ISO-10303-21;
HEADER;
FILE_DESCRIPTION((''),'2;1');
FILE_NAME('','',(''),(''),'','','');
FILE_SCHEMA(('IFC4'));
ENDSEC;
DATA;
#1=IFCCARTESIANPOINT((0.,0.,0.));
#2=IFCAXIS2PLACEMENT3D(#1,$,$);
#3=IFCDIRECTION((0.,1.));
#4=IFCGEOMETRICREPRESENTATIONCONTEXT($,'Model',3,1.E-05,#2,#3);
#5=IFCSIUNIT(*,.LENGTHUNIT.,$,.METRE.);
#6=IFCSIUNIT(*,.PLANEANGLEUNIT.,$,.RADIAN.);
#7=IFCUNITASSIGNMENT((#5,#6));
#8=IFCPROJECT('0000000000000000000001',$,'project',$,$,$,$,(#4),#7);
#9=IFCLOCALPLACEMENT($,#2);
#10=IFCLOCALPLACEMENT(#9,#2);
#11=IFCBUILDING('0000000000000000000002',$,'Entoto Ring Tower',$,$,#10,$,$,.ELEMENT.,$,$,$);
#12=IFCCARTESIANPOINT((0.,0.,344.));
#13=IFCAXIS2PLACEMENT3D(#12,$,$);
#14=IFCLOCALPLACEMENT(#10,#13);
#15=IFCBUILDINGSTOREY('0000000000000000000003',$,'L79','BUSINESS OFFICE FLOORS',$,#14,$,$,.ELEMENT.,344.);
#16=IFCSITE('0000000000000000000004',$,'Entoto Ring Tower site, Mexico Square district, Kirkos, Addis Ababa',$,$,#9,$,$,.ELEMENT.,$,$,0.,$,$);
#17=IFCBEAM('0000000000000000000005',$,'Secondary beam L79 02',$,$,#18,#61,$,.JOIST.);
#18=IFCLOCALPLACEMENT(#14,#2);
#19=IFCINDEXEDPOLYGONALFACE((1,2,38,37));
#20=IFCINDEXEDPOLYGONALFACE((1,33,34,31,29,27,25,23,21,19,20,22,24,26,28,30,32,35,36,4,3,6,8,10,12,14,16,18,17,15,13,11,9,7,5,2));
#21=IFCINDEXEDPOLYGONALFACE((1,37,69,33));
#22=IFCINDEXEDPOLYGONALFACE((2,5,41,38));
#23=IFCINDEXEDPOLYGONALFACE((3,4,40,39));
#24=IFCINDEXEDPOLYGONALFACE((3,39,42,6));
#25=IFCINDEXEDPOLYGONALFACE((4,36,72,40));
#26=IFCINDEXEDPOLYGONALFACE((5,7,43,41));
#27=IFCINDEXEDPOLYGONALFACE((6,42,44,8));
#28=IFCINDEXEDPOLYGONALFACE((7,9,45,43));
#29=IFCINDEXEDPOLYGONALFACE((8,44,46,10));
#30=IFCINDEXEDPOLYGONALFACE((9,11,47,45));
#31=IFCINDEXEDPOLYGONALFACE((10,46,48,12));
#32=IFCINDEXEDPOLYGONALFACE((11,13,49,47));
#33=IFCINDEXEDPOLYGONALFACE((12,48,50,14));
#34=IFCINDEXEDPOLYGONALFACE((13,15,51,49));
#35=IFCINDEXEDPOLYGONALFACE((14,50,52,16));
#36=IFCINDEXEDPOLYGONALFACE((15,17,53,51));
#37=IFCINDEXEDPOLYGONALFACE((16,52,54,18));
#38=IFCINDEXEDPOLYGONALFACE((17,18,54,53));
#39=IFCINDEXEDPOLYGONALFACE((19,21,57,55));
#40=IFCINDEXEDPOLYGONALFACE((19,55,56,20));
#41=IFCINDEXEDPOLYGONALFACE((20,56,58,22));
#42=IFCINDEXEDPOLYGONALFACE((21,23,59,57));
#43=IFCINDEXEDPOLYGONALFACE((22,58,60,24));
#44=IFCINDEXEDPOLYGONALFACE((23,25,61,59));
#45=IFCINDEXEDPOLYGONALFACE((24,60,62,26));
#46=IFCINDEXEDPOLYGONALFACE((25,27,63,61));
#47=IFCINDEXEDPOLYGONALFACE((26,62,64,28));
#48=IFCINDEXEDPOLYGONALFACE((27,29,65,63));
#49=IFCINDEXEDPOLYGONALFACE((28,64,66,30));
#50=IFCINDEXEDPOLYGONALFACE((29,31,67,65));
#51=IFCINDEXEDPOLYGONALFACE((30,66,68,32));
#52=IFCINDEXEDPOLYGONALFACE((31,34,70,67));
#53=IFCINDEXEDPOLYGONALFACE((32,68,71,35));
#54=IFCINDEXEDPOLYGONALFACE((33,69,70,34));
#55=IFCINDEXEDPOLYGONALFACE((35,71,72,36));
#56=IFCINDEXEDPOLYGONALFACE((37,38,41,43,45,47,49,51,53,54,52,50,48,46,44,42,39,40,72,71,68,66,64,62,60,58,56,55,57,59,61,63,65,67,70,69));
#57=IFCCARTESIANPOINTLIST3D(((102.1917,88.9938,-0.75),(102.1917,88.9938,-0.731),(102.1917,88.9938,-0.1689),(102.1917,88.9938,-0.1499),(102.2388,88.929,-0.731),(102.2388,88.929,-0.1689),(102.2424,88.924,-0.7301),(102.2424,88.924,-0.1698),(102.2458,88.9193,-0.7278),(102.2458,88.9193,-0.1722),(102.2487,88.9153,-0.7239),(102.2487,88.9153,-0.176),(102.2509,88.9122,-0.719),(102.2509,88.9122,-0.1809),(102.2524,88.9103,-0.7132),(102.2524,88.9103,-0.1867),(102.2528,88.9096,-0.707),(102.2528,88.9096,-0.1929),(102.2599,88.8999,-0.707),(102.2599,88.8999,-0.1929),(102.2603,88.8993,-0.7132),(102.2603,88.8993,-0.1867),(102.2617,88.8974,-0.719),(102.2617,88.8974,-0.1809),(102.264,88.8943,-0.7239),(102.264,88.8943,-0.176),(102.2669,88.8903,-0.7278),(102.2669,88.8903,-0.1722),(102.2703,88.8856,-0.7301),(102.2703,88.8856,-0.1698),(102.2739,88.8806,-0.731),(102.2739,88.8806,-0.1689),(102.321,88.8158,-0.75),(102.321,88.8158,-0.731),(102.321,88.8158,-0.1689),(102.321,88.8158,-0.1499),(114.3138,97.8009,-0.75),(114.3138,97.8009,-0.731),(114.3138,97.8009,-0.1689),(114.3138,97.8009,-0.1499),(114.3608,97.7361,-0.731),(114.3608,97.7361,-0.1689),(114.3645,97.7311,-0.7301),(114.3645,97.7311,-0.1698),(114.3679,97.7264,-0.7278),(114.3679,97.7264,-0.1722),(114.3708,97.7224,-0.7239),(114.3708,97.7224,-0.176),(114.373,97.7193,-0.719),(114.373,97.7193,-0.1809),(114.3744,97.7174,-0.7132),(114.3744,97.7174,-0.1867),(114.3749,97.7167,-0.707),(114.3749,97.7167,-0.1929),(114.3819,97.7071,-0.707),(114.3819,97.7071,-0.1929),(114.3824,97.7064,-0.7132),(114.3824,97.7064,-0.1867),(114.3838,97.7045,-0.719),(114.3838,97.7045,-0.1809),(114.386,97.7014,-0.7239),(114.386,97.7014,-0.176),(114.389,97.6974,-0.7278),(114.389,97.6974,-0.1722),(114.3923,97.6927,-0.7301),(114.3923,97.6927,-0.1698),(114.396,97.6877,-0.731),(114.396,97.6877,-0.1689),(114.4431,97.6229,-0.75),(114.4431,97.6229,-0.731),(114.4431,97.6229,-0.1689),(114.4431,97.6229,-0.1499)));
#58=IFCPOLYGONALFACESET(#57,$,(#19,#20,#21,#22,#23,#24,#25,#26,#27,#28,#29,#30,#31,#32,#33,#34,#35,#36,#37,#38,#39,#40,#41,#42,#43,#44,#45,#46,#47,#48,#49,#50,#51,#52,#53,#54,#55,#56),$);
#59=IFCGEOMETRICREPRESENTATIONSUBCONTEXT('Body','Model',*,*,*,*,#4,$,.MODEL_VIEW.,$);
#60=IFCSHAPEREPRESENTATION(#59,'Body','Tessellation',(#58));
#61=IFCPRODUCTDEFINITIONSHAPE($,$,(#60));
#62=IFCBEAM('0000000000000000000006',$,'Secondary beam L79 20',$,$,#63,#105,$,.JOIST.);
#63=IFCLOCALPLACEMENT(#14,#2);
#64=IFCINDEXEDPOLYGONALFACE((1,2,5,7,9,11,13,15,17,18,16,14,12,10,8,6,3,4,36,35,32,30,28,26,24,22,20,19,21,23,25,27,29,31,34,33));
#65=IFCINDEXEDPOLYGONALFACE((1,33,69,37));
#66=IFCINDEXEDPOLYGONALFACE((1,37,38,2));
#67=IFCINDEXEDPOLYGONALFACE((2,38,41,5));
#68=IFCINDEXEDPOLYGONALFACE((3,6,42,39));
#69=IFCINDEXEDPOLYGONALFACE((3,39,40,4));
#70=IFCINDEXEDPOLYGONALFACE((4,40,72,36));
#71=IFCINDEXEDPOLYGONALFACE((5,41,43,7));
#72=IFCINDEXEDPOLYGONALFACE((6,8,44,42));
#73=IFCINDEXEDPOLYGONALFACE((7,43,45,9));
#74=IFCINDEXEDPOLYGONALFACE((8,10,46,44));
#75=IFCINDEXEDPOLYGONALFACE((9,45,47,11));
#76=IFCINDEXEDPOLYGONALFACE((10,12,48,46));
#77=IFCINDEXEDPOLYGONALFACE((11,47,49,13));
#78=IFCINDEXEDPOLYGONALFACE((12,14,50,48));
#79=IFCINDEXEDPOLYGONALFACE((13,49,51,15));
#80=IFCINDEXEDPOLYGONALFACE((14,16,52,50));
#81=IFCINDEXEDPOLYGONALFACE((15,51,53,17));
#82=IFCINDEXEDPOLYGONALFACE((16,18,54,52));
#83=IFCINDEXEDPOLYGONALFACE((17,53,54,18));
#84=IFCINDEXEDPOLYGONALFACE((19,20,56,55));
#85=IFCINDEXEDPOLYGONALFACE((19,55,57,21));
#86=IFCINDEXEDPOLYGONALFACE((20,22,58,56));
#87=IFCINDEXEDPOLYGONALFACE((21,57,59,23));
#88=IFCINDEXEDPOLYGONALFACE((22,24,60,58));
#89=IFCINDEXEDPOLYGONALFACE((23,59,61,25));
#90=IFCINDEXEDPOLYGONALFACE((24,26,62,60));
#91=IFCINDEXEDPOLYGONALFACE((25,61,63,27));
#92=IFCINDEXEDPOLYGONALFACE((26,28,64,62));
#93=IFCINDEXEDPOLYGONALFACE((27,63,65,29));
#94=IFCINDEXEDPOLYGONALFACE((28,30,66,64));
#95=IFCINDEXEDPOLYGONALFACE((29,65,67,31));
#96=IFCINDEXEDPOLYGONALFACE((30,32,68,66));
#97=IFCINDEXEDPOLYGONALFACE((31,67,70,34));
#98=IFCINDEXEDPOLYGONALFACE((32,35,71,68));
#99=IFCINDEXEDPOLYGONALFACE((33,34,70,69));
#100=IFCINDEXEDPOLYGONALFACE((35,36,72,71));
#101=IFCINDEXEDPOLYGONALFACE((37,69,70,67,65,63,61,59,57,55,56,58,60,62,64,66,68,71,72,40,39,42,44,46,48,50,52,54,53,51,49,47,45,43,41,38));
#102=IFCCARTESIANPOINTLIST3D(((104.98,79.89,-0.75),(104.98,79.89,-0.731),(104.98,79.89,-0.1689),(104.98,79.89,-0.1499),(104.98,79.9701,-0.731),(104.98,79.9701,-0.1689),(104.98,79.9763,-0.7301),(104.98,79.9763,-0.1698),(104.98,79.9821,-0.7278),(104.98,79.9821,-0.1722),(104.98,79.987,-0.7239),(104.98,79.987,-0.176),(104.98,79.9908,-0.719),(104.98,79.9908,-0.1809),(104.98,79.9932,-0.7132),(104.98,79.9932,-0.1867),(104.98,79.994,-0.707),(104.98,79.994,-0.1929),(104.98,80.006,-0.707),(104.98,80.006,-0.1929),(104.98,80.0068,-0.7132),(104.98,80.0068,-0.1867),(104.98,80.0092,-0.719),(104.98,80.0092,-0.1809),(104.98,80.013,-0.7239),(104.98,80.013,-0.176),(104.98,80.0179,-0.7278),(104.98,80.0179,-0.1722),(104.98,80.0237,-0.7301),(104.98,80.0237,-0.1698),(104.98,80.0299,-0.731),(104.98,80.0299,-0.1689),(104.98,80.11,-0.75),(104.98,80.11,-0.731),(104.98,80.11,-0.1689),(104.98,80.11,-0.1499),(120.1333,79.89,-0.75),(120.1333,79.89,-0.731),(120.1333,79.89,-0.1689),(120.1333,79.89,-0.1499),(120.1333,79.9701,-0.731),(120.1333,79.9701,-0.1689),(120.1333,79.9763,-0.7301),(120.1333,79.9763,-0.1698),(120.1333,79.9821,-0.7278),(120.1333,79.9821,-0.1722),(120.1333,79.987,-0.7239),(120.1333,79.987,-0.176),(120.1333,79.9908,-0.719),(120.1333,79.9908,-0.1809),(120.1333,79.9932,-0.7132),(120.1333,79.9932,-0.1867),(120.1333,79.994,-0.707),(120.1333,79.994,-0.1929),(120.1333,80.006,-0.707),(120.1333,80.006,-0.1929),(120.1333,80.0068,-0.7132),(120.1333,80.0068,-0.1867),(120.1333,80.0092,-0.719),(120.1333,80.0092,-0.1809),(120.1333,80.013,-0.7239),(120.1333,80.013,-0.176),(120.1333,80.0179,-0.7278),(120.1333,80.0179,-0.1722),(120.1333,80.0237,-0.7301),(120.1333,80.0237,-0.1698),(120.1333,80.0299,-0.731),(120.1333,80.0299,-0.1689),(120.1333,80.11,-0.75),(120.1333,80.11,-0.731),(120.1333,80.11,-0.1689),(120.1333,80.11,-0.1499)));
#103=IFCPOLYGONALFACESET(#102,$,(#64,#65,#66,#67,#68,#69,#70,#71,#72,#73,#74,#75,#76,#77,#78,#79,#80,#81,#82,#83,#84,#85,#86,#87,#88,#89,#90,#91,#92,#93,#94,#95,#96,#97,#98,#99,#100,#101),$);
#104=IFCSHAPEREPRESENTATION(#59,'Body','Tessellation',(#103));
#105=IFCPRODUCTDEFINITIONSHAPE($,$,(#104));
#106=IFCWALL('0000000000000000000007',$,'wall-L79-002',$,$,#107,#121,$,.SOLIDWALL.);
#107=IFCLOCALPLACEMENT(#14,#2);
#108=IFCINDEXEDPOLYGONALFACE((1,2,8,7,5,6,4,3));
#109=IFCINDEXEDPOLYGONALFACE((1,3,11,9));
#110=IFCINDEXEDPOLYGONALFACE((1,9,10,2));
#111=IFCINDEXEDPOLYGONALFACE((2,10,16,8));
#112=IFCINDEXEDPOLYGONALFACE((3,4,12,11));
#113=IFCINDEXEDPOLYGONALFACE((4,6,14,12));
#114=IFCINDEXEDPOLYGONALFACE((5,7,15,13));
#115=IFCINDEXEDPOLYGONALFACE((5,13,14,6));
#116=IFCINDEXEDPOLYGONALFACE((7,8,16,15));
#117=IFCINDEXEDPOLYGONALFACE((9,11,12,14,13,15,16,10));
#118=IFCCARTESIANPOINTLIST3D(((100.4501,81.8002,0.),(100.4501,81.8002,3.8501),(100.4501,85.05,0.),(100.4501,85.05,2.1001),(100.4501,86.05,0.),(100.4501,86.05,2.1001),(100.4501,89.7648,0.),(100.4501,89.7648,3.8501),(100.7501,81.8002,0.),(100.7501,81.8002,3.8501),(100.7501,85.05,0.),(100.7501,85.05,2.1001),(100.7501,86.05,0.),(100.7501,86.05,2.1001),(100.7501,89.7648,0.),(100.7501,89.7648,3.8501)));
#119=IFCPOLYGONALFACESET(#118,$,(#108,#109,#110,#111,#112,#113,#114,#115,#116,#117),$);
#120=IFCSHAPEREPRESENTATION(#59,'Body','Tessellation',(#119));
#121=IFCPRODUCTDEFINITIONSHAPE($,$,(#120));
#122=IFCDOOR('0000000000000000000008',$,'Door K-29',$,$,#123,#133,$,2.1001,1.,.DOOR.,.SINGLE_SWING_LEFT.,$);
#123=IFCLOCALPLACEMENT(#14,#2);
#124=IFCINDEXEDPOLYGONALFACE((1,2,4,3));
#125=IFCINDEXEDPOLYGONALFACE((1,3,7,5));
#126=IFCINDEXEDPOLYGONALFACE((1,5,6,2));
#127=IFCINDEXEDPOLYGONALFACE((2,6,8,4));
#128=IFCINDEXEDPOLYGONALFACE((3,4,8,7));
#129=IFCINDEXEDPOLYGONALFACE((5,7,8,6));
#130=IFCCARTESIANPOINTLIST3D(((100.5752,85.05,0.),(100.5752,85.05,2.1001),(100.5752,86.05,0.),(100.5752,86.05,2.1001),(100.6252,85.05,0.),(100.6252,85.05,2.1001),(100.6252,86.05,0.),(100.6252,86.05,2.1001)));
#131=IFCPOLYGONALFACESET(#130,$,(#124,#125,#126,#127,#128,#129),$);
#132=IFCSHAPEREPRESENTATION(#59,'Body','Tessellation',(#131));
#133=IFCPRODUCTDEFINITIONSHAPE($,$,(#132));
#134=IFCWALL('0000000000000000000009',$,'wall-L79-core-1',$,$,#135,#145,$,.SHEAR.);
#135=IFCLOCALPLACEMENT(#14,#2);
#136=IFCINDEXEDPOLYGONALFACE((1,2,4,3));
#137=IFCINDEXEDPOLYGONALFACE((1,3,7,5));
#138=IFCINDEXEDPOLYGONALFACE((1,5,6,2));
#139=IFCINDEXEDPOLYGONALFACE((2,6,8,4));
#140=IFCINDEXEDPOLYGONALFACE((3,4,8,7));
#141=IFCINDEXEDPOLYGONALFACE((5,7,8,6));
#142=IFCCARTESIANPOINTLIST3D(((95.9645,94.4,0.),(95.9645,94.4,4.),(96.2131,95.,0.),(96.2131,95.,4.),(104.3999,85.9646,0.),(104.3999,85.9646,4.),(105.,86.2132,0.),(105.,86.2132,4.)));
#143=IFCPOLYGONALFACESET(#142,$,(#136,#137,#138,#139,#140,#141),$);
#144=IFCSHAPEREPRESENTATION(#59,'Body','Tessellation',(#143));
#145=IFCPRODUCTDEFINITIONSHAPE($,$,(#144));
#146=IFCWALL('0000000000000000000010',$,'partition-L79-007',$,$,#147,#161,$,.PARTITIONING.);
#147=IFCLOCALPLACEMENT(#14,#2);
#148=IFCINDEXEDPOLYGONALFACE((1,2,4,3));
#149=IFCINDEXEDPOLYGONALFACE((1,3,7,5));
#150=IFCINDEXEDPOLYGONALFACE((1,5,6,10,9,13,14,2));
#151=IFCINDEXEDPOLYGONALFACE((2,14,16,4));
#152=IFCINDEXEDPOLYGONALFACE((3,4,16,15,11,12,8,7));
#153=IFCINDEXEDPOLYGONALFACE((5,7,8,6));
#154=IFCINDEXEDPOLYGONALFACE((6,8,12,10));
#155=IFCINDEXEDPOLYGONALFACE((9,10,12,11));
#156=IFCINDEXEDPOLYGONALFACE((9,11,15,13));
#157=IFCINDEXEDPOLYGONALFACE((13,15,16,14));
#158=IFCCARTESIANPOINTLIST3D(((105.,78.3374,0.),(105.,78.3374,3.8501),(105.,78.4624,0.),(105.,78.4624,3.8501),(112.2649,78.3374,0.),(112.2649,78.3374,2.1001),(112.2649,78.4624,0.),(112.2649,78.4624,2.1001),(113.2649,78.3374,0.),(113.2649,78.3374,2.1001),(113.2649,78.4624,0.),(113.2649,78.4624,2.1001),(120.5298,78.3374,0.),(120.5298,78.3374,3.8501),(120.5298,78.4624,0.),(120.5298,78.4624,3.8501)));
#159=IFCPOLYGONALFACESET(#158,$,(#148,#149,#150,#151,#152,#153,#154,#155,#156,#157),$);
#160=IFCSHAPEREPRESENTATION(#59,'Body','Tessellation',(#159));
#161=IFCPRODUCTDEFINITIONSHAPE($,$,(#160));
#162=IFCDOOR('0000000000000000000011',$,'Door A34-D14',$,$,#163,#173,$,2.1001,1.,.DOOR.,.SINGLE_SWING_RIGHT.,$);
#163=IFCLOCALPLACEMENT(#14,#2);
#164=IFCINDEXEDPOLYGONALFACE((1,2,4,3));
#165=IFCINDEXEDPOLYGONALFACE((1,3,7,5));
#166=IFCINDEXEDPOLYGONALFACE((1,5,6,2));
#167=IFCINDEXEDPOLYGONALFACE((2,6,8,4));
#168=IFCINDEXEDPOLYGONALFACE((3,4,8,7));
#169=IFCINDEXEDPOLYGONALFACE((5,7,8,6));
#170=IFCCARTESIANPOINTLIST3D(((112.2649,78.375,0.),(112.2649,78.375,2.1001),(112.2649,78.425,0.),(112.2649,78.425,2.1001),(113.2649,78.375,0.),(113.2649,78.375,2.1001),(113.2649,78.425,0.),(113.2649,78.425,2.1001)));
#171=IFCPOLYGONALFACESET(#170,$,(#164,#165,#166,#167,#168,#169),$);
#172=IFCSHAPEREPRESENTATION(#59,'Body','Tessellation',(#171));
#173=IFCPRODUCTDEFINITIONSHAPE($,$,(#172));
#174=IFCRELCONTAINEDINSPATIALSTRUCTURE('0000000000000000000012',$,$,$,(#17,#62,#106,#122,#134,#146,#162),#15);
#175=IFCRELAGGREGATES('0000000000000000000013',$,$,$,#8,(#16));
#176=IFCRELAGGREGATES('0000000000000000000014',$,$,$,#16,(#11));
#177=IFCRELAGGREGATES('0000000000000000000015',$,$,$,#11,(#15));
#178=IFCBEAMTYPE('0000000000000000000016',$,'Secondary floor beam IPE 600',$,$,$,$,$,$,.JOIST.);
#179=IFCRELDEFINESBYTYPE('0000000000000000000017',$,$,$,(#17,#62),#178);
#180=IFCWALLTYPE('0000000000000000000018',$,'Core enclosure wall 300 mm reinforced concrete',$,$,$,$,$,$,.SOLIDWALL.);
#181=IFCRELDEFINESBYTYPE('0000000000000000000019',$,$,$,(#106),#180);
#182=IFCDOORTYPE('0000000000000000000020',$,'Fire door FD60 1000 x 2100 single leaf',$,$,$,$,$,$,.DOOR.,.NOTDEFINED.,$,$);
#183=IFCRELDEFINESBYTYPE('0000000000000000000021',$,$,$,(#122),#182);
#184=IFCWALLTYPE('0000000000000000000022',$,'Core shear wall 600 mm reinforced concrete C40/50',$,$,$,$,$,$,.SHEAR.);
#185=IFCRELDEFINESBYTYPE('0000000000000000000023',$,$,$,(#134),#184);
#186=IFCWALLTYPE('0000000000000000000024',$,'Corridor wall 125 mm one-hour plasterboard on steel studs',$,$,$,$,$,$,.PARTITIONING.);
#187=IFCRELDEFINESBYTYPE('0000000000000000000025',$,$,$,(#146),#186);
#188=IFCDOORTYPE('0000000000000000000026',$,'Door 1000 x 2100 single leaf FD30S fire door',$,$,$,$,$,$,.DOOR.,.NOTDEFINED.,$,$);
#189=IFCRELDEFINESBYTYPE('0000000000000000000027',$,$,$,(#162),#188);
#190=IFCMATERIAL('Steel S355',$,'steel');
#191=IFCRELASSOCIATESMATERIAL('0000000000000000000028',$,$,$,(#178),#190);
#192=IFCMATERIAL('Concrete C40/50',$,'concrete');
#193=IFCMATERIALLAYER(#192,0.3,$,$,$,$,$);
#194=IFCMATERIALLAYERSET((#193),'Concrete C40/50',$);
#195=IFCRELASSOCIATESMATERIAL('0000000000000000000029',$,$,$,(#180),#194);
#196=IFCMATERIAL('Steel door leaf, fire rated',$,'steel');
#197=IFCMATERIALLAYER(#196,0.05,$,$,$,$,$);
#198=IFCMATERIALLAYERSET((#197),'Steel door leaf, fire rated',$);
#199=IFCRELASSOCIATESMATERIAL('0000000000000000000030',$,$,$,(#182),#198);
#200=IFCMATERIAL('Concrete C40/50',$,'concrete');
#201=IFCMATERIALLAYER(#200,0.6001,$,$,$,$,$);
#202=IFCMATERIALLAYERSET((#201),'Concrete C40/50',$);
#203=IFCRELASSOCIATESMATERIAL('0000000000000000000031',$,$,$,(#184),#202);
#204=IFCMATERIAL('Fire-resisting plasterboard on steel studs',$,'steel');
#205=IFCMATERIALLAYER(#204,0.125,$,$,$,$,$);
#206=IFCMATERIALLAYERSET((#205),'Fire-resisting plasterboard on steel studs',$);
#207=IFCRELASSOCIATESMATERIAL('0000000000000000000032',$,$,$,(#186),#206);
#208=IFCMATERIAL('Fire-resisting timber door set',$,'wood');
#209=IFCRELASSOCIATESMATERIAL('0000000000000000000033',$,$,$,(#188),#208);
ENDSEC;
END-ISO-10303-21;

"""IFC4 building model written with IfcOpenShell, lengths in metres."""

from ifc_helpers import new_model, si_unit, direction, frame, frame_2d, origin, origin_2d, place, context, subcontext, project, spatial, polyline, rectangle, i_section, outline, extrude, material, layer, layer_set, material_profile, profile_set, type_object, element, fill, save


model = new_model("IFC4")

# Units and contexts
model_context = context("Model", 3, precision=1e-05, world=origin(), true_north=direction((0.0, 1.0)))
body_context = subcontext(model_context, "Body", "Model", "MODEL_VIEW")
ifc_project = project(units=[si_unit("LENGTHUNIT", "METRE"), si_unit("PLANEANGLEUNIT", "RADIAN")], contexts=[model_context])

# Site, building, storey
site_placement = place(None, origin())
site = spatial("IfcSite", under=ifc_project, at=site_placement, Name="Entoto Ring Tower site, Mexico Square district, Kirkos, Addis Ababa", CompositionType="ELEMENT", RefElevation=0.0)
building_placement = place(site_placement, origin())
building = spatial("IfcBuilding", under=site, at=building_placement, Name="Entoto Ring Tower", CompositionType="ELEMENT")
storey_placement = place(building_placement, frame((0.0, 0.0, 344.0)))
storey = spatial("IfcBuildingStorey", under=building, at=storey_placement, Name="L79", Description="BUSINESS OFFICE FLOORS", CompositionType="ELEMENT", Elevation=344.0)

# Beams
ifc_material_1 = material(Name="Steel S355", Category="steel")
ifc_material_profile_1 = material_profile(ifc_material_1, i_section(OverallWidth=0.22, OverallDepth=0.6001, WebThickness=0.012, FlangeThickness=0.019, FilletRadius=0.0239, at=origin_2d()), Name="IPE 600")
ifc_profile_set_1 = profile_set([ifc_material_profile_1], Name="Steel S355")
beam_type_1 = type_object("IfcBeamType", Name="Secondary floor beam IPE 600", PredefinedType="JOIST", material=ifc_profile_set_1)
beam_1_placement = place(storey_placement, frame((102.2563, 88.9048, -0.45), z_axis=(0.809019, 0.587782, 0.0), x_axis=(-0.587782, 0.809019, 0.0)))
element("IfcBeam", 1, at=beam_1_placement, inside=storey, type_object=beam_type_1, Name="Secondary beam L79 02", PredefinedType="JOIST", context=body_context, shape_type="SweptSolid", body=[
    extrude(i_section(OverallWidth=0.22, OverallDepth=0.6001, WebThickness=0.012, FlangeThickness=0.019, FilletRadius=0.0239, at=origin_2d()), origin(), (0.0, 0.0, 1.0), 14.9836),
])
beam_2_placement = place(storey_placement, frame((104.98, 80.0, -0.45), z_axis=(1.0, 0.0, 0.0), x_axis=(0.0, 1.0, 0.0)))
element("IfcBeam", 2, at=beam_2_placement, inside=storey, type_object=beam_type_1, Name="Secondary beam L79 20", PredefinedType="JOIST", context=body_context, shape_type="SweptSolid", body=[
    extrude(i_section(OverallWidth=0.22, OverallDepth=0.6001, WebThickness=0.012, FlangeThickness=0.019, FilletRadius=0.0239, at=origin_2d()), origin(), (0.0, 0.0, 1.0), 15.1533),
])

# Wall, opening, door
ifc_material_2 = material(Name="Concrete C40/50", Category="concrete")
ifc_layer_1 = layer(ifc_material_2, 0.3)
ifc_layer_set_1 = layer_set([ifc_layer_1], Name="Concrete C40/50")
wall_type_1 = type_object("IfcWallType", Name="Core enclosure wall 300 mm reinforced concrete", PredefinedType="SOLIDWALL", material=ifc_layer_set_1)
wall_1_placement = place(storey_placement, frame((100.6001, 81.8, 0.0), z_axis=(0.0, 0.0, 1.0), x_axis=(0.0, 1.0, 0.0)))
wall_1 = element("IfcWall", 3, at=wall_1_placement, inside=storey, type_object=wall_type_1, Name="wall-L79-002", PredefinedType="SOLIDWALL", context=body_context, shape_type="SweptSolid", body=[
    extrude(rectangle(XDim=7.9646, YDim=0.3, at=frame_2d((3.9824, 0.0))), origin(), (0.0, 0.0, 1.0), 3.8501),
])
opening_1_placement = place(wall_1_placement, frame((3.25, 0.0, 0.0)))
opening_1 = element("IfcOpeningElement", 4, at=opening_1_placement, cuts=wall_1, PredefinedType="OPENING", context=body_context, shape_type="SweptSolid", body=[
    extrude(rectangle(XDim=1.0, YDim=2.1001, at=frame_2d((0.5, 1.05))), frame((0.0, 0.1602, 0.0), z_axis=(0.0, -1.0, 0.0), x_axis=(1.0, 0.0, 0.0)), (0.0, 0.0, 1.0), 0.3201),
])
ifc_material_3 = material(Name="Steel door leaf, fire rated", Category="steel")
ifc_layer_2 = layer(ifc_material_3, 0.05)
ifc_layer_set_2 = layer_set([ifc_layer_2], Name="Steel door leaf, fire rated")
door_type_1 = type_object("IfcDoorType", Name="Fire door FD60 1000 x 2100 single leaf", OperationType="NOTDEFINED", PredefinedType="DOOR", material=ifc_layer_set_2)
door_1_placement = place(opening_1_placement, origin())
door_1 = element("IfcDoor", 5, at=door_1_placement, inside=storey, type_object=door_type_1, Name="Door K-29", OperationType="SINGLE_SWING_LEFT", OverallHeight=2.1001, OverallWidth=1.0, PredefinedType="DOOR", context=body_context, shape_type="SweptSolid", body=[
    extrude(rectangle(XDim=1.0, YDim=2.1001, at=frame_2d((0.5, 1.05))), frame((0.0, 0.0249, 0.0), z_axis=(0.0, -1.0, 0.0), x_axis=(1.0, 0.0, 0.0)), (0.0, 0.0, 1.0), 0.05),
])
fill(opening_1, door_1)

# Wall
ifc_material_4 = material(Name="Concrete C40/50", Category="concrete")
ifc_layer_3 = layer(ifc_material_4, 0.6001)
ifc_layer_set_3 = layer_set([ifc_layer_3], Name="Concrete C40/50")
wall_type_2 = type_object("IfcWallType", Name="Core shear wall 600 mm reinforced concrete C40/50", PredefinedType="SHEAR", material=ifc_layer_set_3)
wall_2_placement = place(storey_placement, frame((104.7, 86.0889, 0.0), z_axis=(0.0, 0.0, 1.0), x_axis=(-0.707107, 0.707107, 0.0)))
element("IfcWall", 6, at=wall_2_placement, inside=storey, type_object=wall_type_2, Name="wall-L79-core-1", PredefinedType="SHEAR", context=body_context, shape_type="SweptSolid", body=[
    extrude(outline(polyline([(-0.1243, -0.3), (12.3022, -0.3), (12.0537, 0.3), (0.1243, 0.3), (-0.1243, -0.3)])), origin(), (0.0, 0.0, 1.0), 4.0),
])

# Wall, opening, door
ifc_material_5 = material(Name="Fire-resisting plasterboard on steel studs", Category="steel")
ifc_layer_4 = layer(ifc_material_5, 0.125)
ifc_layer_set_4 = layer_set([ifc_layer_4], Name="Fire-resisting plasterboard on steel studs")
wall_type_3 = type_object("IfcWallType", Name="Corridor wall 125 mm one-hour plasterboard on steel studs", PredefinedType="PARTITIONING", material=ifc_layer_set_4)
wall_3_placement = place(storey_placement, frame((105.0, 78.3999, 0.0), z_axis=(0.0, 0.0, 1.0), x_axis=(1.0, 0.0, 0.0)))
wall_3 = element("IfcWall", 7, at=wall_3_placement, inside=storey, type_object=wall_type_3, Name="partition-L79-007", PredefinedType="PARTITIONING", context=body_context, shape_type="SweptSolid", body=[
    extrude(rectangle(XDim=15.5298, YDim=0.125, at=frame_2d((7.7649, 0.0))), origin(), (0.0, 0.0, 1.0), 3.8501),
])
opening_2_placement = place(wall_3_placement, frame((7.2649, 0.0, 0.0)))
opening_2 = element("IfcOpeningElement", 8, at=opening_2_placement, cuts=wall_3, PredefinedType="OPENING", context=body_context, shape_type="SweptSolid", body=[
    extrude(rectangle(XDim=1.0, YDim=2.1001, at=frame_2d((0.5, 1.05))), frame((0.0, 0.0725, 0.0), z_axis=(0.0, -1.0, 0.0), x_axis=(1.0, 0.0, 0.0)), (0.0, 0.0, 1.0), 0.145),
])
ifc_material_6 = material(Name="Fire-resisting timber door set", Category="wood")
door_type_2 = type_object("IfcDoorType", Name="Door 1000 x 2100 single leaf FD30S fire door", OperationType="NOTDEFINED", PredefinedType="DOOR", material=ifc_material_6)
door_2_placement = place(opening_2_placement, frame((1.0, 0.0, 0.0), z_axis=(0.0, 0.0, 1.0), x_axis=(-1.0, 0.0, 0.0)))
door_2 = element("IfcDoor", 9, at=door_2_placement, inside=storey, type_object=door_type_2, Name="Door A34-D14", OperationType="SINGLE_SWING_RIGHT", OverallHeight=2.1001, OverallWidth=1.0, PredefinedType="DOOR", context=body_context, shape_type="SweptSolid", body=[
    extrude(rectangle(XDim=1.0, YDim=2.1001, at=frame_2d((0.5, 1.05))), frame((0.0, 0.0249, 0.0), z_axis=(0.0, -1.0, 0.0), x_axis=(1.0, 0.0, 0.0)), (0.0, 0.0, 1.0), 0.05),
])
fill(opening_2, door_2)

save(model, "model.ifc")
